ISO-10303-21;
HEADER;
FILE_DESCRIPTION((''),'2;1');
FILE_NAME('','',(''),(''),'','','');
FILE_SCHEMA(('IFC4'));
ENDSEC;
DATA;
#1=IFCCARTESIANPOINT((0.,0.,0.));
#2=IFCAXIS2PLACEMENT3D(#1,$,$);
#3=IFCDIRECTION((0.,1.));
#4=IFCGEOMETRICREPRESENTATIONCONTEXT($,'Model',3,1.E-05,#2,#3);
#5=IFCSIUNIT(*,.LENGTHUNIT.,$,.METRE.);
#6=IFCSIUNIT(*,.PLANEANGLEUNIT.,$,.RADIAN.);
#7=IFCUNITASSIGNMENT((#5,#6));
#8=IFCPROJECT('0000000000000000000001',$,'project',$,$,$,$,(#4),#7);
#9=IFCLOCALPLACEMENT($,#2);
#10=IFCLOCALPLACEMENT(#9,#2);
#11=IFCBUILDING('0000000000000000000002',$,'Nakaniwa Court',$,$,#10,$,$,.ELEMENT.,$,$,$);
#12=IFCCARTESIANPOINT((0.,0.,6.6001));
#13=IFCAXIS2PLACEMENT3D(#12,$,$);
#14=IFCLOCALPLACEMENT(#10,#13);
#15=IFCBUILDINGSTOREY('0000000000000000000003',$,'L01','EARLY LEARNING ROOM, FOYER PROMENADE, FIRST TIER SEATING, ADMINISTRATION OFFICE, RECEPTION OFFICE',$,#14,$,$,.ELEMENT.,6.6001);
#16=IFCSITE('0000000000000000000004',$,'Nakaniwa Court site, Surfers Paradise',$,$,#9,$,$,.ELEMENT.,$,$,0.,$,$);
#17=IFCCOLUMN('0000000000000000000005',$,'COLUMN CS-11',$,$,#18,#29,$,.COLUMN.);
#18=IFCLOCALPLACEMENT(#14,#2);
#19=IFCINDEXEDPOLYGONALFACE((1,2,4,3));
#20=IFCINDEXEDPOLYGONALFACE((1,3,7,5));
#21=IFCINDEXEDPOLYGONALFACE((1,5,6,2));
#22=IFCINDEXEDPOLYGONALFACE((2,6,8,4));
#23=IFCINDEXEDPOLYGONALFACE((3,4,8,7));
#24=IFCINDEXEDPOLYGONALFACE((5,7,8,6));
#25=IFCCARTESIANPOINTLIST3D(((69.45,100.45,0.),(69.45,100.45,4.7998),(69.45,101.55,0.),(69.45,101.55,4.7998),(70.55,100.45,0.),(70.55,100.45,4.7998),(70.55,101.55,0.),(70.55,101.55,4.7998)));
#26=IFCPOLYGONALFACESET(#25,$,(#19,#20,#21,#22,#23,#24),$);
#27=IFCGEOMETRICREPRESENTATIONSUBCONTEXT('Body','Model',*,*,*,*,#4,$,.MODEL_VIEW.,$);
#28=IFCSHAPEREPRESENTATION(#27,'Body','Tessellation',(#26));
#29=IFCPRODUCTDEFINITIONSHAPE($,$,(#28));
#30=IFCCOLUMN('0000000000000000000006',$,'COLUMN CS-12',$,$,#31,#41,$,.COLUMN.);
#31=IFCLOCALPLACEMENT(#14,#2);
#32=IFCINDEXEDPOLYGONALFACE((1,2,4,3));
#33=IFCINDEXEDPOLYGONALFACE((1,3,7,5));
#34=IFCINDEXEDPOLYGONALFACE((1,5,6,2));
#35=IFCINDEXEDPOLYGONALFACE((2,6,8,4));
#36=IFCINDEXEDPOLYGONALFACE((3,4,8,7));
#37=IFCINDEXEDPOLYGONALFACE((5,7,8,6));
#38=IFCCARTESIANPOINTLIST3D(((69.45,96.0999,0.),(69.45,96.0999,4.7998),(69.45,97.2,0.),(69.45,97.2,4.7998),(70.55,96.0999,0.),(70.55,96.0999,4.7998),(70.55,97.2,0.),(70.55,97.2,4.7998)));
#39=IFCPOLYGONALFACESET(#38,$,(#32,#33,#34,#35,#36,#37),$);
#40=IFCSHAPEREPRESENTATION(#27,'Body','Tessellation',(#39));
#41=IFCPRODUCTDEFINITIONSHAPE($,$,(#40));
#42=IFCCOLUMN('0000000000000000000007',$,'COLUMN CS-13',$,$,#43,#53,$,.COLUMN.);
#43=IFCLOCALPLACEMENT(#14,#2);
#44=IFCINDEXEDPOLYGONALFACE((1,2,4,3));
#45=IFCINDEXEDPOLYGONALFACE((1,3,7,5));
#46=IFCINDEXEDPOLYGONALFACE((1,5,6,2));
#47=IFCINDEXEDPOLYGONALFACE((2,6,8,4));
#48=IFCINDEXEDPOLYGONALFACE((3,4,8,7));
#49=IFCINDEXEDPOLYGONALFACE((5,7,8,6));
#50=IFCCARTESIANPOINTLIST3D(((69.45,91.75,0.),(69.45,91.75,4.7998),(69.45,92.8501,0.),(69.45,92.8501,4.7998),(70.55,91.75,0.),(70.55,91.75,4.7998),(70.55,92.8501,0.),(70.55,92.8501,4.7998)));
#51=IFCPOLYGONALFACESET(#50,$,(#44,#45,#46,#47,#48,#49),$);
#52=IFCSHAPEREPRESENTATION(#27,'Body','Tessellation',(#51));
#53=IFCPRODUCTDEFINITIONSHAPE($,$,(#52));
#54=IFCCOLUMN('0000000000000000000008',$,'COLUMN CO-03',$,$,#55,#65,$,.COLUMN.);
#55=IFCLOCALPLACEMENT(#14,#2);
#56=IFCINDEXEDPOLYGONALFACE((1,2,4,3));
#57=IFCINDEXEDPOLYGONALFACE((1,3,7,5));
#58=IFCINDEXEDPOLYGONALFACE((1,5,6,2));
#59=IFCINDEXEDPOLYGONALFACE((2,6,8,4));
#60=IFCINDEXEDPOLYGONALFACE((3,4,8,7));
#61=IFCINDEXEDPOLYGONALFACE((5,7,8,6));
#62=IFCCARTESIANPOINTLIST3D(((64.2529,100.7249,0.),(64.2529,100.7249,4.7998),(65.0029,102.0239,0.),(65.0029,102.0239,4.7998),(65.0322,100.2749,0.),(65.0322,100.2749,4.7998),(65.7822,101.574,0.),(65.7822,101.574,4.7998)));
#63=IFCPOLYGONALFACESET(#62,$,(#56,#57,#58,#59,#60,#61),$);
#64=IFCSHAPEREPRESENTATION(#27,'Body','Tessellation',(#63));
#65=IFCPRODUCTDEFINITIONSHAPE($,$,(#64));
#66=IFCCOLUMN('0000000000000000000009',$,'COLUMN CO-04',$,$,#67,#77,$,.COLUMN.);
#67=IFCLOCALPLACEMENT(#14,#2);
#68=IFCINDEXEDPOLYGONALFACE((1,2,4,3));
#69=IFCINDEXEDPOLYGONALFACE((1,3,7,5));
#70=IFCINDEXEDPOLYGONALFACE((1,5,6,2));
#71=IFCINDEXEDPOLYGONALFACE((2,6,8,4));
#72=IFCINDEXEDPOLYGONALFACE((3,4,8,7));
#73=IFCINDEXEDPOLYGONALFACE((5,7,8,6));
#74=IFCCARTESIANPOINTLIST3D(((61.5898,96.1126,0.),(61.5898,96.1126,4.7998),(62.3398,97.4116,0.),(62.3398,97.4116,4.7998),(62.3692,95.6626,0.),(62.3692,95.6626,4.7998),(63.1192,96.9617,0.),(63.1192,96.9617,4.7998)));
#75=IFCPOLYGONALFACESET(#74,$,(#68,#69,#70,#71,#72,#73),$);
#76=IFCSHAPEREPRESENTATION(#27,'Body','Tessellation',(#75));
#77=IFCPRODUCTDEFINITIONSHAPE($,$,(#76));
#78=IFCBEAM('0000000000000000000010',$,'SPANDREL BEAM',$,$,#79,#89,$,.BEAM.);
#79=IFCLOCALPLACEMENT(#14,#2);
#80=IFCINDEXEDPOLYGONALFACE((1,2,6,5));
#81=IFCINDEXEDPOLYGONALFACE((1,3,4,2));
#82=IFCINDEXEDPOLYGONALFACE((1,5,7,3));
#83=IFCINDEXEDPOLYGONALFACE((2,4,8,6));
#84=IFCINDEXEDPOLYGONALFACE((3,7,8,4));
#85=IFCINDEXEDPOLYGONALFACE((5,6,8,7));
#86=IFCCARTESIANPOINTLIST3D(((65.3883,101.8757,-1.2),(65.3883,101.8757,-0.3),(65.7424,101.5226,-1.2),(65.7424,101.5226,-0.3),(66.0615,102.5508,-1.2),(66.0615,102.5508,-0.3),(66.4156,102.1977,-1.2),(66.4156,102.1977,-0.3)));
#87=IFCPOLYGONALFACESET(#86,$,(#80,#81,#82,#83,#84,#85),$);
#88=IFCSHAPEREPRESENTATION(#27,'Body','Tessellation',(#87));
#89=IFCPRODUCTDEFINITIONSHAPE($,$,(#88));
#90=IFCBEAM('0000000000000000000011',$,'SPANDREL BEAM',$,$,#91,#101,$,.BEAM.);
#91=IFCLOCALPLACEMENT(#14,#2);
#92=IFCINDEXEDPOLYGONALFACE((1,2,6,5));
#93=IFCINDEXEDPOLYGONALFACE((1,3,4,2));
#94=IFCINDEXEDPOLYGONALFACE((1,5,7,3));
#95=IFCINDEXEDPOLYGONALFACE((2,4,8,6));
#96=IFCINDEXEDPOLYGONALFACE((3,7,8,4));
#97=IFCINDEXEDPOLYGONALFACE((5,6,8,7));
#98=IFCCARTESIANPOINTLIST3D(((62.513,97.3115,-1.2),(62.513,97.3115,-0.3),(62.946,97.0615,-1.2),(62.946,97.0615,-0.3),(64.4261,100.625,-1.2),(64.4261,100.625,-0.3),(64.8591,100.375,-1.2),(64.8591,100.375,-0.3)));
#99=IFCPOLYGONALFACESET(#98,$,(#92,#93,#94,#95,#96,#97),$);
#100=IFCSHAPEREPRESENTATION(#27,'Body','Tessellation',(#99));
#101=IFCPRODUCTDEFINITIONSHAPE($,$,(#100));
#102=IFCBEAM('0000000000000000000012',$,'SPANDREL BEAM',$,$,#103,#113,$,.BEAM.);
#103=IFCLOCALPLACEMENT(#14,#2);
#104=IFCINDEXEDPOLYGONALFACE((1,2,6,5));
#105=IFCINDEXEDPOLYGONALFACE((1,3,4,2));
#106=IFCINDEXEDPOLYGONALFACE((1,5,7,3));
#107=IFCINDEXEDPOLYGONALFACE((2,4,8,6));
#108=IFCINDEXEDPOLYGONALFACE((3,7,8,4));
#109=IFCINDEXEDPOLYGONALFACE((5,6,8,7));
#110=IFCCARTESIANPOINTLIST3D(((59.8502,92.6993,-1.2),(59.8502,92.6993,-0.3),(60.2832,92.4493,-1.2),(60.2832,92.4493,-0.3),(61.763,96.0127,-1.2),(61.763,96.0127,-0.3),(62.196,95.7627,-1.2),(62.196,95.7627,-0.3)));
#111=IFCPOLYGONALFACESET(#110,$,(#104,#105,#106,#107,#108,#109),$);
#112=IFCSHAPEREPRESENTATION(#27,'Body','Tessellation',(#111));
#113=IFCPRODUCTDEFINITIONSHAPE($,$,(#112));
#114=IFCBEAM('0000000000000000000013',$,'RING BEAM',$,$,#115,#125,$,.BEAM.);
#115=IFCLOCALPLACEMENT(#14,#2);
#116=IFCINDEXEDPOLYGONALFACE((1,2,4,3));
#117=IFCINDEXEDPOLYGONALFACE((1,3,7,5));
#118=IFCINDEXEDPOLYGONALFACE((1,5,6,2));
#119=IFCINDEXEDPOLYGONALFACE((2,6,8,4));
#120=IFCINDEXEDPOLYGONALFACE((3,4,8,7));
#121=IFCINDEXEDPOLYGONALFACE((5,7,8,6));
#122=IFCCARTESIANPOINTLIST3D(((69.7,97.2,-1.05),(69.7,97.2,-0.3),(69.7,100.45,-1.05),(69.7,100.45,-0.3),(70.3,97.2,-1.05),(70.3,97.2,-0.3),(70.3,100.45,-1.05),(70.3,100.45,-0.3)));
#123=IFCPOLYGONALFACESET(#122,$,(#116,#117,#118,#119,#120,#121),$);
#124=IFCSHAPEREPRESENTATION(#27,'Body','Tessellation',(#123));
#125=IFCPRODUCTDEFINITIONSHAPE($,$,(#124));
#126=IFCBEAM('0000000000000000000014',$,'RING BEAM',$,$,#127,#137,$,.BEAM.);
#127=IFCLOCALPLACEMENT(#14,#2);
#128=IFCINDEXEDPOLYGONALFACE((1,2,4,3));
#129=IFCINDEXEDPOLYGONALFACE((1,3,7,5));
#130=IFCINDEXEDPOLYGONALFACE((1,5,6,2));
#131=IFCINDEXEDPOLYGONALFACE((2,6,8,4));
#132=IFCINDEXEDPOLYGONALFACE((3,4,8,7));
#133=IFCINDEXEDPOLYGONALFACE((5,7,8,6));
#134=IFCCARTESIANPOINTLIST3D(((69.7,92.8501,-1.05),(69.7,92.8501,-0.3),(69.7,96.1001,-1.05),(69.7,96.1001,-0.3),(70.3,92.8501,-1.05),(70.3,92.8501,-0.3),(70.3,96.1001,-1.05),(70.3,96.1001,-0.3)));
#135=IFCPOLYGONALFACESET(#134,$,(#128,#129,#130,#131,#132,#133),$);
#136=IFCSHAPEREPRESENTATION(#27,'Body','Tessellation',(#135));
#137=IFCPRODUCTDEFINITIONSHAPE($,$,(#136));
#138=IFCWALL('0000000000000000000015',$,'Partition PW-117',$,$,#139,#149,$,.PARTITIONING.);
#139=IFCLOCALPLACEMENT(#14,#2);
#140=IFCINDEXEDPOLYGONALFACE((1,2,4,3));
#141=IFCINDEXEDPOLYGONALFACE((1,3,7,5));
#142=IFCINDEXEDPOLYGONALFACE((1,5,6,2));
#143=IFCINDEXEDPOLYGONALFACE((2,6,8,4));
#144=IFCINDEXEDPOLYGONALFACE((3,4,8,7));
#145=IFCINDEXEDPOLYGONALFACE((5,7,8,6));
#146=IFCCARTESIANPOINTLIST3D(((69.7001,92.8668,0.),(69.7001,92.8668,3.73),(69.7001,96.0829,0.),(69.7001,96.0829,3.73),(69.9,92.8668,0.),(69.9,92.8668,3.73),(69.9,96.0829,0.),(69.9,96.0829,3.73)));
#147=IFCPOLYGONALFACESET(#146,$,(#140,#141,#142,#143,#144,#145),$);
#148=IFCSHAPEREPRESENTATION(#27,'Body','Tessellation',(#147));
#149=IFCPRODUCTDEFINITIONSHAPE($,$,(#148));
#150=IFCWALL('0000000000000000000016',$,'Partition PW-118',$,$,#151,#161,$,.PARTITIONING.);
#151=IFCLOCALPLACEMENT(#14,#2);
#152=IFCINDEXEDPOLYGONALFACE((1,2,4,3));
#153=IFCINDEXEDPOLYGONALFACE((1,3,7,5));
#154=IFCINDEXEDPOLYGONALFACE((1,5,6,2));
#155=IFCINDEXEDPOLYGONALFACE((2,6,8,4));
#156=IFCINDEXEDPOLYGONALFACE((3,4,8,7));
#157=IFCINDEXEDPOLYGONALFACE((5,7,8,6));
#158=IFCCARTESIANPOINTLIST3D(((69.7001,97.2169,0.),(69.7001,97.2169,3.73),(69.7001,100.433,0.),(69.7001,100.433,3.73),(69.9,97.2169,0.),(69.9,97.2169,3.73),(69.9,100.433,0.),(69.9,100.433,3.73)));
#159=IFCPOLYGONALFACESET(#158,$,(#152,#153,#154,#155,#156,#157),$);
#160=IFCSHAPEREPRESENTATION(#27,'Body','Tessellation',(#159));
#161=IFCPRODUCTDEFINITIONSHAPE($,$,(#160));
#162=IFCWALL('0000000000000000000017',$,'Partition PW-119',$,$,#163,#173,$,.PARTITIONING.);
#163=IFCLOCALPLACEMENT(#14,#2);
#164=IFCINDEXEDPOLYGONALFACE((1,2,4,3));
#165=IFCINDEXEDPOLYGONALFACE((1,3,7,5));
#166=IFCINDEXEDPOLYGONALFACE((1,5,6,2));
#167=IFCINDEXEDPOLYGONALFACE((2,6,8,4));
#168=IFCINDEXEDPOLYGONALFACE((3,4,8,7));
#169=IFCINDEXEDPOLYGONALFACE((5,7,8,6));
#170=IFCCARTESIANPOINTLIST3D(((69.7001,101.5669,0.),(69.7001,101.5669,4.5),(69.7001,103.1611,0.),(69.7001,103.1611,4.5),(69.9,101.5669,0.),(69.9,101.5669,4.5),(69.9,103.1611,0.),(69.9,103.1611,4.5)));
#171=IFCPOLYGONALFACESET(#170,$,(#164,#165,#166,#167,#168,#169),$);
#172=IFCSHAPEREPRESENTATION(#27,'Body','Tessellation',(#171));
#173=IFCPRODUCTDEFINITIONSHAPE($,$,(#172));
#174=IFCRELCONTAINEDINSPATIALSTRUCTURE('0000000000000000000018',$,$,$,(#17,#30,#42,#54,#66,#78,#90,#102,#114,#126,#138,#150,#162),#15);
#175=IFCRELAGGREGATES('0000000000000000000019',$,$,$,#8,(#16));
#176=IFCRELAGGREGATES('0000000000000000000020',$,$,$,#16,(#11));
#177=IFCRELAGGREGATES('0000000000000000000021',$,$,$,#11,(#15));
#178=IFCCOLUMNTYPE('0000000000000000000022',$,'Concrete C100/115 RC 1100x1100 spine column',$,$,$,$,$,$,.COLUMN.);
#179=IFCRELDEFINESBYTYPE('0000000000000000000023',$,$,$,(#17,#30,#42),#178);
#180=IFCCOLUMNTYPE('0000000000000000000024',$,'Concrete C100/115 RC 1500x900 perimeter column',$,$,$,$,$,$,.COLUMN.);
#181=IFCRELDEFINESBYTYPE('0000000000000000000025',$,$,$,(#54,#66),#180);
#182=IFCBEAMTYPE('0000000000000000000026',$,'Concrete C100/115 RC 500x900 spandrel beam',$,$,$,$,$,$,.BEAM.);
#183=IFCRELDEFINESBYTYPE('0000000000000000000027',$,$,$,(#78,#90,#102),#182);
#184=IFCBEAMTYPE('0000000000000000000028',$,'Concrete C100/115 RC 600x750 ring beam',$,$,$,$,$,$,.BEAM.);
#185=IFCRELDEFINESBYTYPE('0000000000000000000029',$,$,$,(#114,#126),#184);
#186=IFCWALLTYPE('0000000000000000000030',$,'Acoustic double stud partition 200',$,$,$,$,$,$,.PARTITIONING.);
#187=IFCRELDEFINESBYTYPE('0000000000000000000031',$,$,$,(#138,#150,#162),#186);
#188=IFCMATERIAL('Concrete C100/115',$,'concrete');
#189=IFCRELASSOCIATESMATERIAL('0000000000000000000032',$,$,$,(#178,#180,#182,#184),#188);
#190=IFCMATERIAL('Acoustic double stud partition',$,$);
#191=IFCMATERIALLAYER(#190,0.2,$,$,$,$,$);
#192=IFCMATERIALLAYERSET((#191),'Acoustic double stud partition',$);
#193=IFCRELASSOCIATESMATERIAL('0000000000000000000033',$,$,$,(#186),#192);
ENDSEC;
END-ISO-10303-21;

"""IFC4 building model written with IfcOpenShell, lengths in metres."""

from ifc_helpers import new_model, si_unit, direction, frame, frame_2d, origin, origin_2d, place, context, subcontext, project, spatial, rectangle, extrude, material, layer, layer_set, material_profile, profile_set, type_object, element, save


model = new_model("IFC4")

# Units and contexts
model_context = context("Model", 3, precision=1e-05, world=origin(), true_north=direction((0.0, 1.0)))
body_context = subcontext(model_context, "Body", "Model", "MODEL_VIEW")
ifc_project = project(units=[si_unit("LENGTHUNIT", "METRE"), si_unit("PLANEANGLEUNIT", "RADIAN")], contexts=[model_context])

# Site, building, storey
site_placement = place(None, origin())
site = spatial("IfcSite", under=ifc_project, at=site_placement, Name="Nakaniwa Court site, Surfers Paradise", CompositionType="ELEMENT", RefElevation=0.0)
building_placement = place(site_placement, origin())
building = spatial("IfcBuilding", under=site, at=building_placement, Name="Nakaniwa Court", CompositionType="ELEMENT")
storey_placement = place(building_placement, frame((0.0, 0.0, 6.6001)))
storey = spatial("IfcBuildingStorey", under=building, at=storey_placement, Name="L01", Description="EARLY LEARNING ROOM, FOYER PROMENADE, FIRST TIER SEATING, ADMINISTRATION OFFICE, RECEPTION OFFICE", CompositionType="ELEMENT", Elevation=6.6001)

# Columns
ifc_material_1 = material(Name="Concrete C100/115", Category="concrete")
ifc_material_profile_1 = material_profile(ifc_material_1, rectangle(XDim=1.1001, YDim=1.1001, at=origin_2d()), Name="Concrete C100/115 RC 1100x1100 spine column")
ifc_profile_set_1 = profile_set([ifc_material_profile_1], Name="Concrete C100/115")
column_type_1 = type_object("IfcColumnType", Name="Concrete C100/115 RC 1100x1100 spine column", PredefinedType="COLUMN", material=ifc_profile_set_1)
for number, where, z_axis, x_axis, name in (
    (1, (70.0, 101.0, 0.0), (0.0, 0.0, 1.0), (0.0, -1.0, 0.0), "COLUMN CS-11"),
    (2, (70.0, 96.6499, 0.0), (0.0, 0.0, 1.0), (0.0, -1.0, 0.0), "COLUMN CS-12"),
    (3, (70.0, 92.3, 0.0), (0.0, 0.0, 1.0), (0.0, -1.0, 0.0), "COLUMN CS-13"),
):
    element("IfcColumn", number, at=place(storey_placement, frame(where, z_axis=z_axis, x_axis=x_axis)), inside=storey, type_object=column_type_1, Name=name, PredefinedType="COLUMN", context=body_context, shape_type="SweptSolid", body=[
        extrude(rectangle(XDim=1.1001, YDim=1.1001, at=origin_2d()), origin(), (0.0, 0.0, 1.0), 4.7998),
    ])
ifc_material_profile_2 = material_profile(ifc_material_1, rectangle(XDim=1.5, YDim=0.8999, at=origin_2d()), Name="Concrete C100/115 RC 1500x900 perimeter column")
ifc_profile_set_2 = profile_set([ifc_material_profile_2], Name="Concrete C100/115")
column_type_2 = type_object("IfcColumnType", Name="Concrete C100/115 RC 1500x900 perimeter column", PredefinedType="COLUMN", material=ifc_profile_set_2)
for number, where, z_axis, x_axis, name in (
    (4, (65.0176, 101.1494, 0.0), (0.0, 0.0, 1.0), (-0.5, -0.866025, 0.0), "COLUMN CO-03"),
    (5, (62.3545, 96.5371, 0.0), (0.0, 0.0, 1.0), (-0.5, -0.866025, 0.0), "COLUMN CO-04"),
):
    element("IfcColumn", number, at=place(storey_placement, frame(where, z_axis=z_axis, x_axis=x_axis)), inside=storey, type_object=column_type_2, Name=name, PredefinedType="COLUMN", context=body_context, shape_type="SweptSolid", body=[
        extrude(rectangle(XDim=1.5, YDim=0.8999, at=origin_2d()), origin(), (0.0, 0.0, 1.0), 4.7998),
    ])

# Beams
ifc_material_profile_3 = material_profile(ifc_material_1, rectangle(XDim=0.5, YDim=0.8999, at=origin_2d()), Name="Concrete C100/115 RC 500x900 spandrel beam")
ifc_profile_set_3 = profile_set([ifc_material_profile_3], Name="Concrete C100/115")
beam_type_1 = type_object("IfcBeamType", Name="Concrete C100/115 RC 500x900 spandrel beam", PredefinedType="BEAM", material=ifc_profile_set_3)
beam_1_placement = place(storey_placement, frame((66.2385, 102.3743, -0.75), z_axis=(-0.706082, -0.70813, 0.0), x_axis=(0.70813, -0.706082, 0.0)))
element("IfcBeam", 6, at=beam_1_placement, inside=storey, type_object=beam_type_1, Name="SPANDREL BEAM", PredefinedType="BEAM", context=body_context, shape_type="SweptSolid", body=[
    extrude(rectangle(XDim=0.5, YDim=0.8999, at=origin_2d()), origin(), (0.0, 0.0, 1.0), 0.9534),
])
beam_2_placement = place(storey_placement, frame((64.6426, 100.5, -0.75), z_axis=(-0.50001, -0.86602, 0.0), x_axis=(0.86602, -0.50001, 0.0)))
element("IfcBeam", 7, at=beam_2_placement, inside=storey, type_object=beam_type_1, Name="SPANDREL BEAM", PredefinedType="BEAM", context=body_context, shape_type="SweptSolid", body=[
    extrude(rectangle(XDim=0.5, YDim=0.8999, at=origin_2d()), origin(), (0.0, 0.0, 1.0), 3.8262),
])
beam_3_placement = place(storey_placement, frame((61.9795, 95.8877, -0.75), z_axis=(-0.499962, -0.866047, 0.0), x_axis=(0.866047, -0.499962, 0.0)))
element("IfcBeam", 8, at=beam_3_placement, inside=storey, type_object=beam_type_1, Name="SPANDREL BEAM", PredefinedType="BEAM", context=body_context, shape_type="SweptSolid", body=[
    extrude(rectangle(XDim=0.5, YDim=0.8999, at=origin_2d()), origin(), (0.0, 0.0, 1.0), 3.8259),
])
ifc_material_profile_4 = material_profile(ifc_material_1, rectangle(XDim=0.6001, YDim=0.75, at=origin_2d()), Name="Concrete C100/115 RC 600x750 ring beam")
ifc_profile_set_4 = profile_set([ifc_material_profile_4], Name="Concrete C100/115")
beam_type_2 = type_object("IfcBeamType", Name="Concrete C100/115 RC 600x750 ring beam", PredefinedType="BEAM", material=ifc_profile_set_4)
for number, where, z_axis, x_axis, name in (
    (9, (70.0, 100.45, -0.675), (0.0, -1.0, 0.0), (1.0, 0.0, 0.0), "RING BEAM"),
    (10, (70.0, 96.1001, -0.675), (0.0, -1.0, 0.0), (1.0, 0.0, 0.0), "RING BEAM"),
):
    element("IfcBeam", number, at=place(storey_placement, frame(where, z_axis=z_axis, x_axis=x_axis)), inside=storey, type_object=beam_type_2, Name=name, PredefinedType="BEAM", context=body_context, shape_type="SweptSolid", body=[
        extrude(rectangle(XDim=0.6001, YDim=0.75, at=origin_2d()), origin(), (0.0, 0.0, 1.0), 3.25),
    ])

# Walls
ifc_material_2 = material(Name="Acoustic double stud partition")
ifc_layer_1 = layer(ifc_material_2, 0.2)
ifc_layer_set_1 = layer_set([ifc_layer_1], Name="Acoustic double stud partition")
wall_type_1 = type_object("IfcWallType", Name="Acoustic double stud partition 200", PredefinedType="PARTITIONING", material=ifc_layer_set_1)
for number, where, z_axis, x_axis, name in (
    (11, (69.8, 92.8669, 0.0), (0.0, 0.0, 1.0), (0.0, 1.0, 0.0), "Partition PW-117"),
    (12, (69.8, 97.217, 0.0), (0.0, 0.0, 1.0), (0.0, 1.0, 0.0), "Partition PW-118"),
):
    element("IfcWall", number, at=place(storey_placement, frame(where, z_axis=z_axis, x_axis=x_axis)), inside=storey, type_object=wall_type_1, Name=name, PredefinedType="PARTITIONING", context=body_context, shape_type="SweptSolid", body=[
        extrude(rectangle(XDim=3.2161, YDim=0.2, at=frame_2d((1.6079, 0.0))), origin(), (0.0, 0.0, 1.0), 3.73),
    ])
wall_1_placement = place(storey_placement, frame((69.8, 101.5669, 0.0), z_axis=(0.0, 0.0, 1.0), x_axis=(0.0, 1.0, 0.0)))
element("IfcWall", 13, at=wall_1_placement, inside=storey, type_object=wall_type_1, Name="Partition PW-119", PredefinedType="PARTITIONING", context=body_context, shape_type="SweptSolid", body=[
    extrude(rectangle(XDim=1.5942, YDim=0.2, at=frame_2d((0.7971, 0.0))), origin(), (0.0, 0.0, 1.0), 4.5),
])

save(model, "model.ifc")
